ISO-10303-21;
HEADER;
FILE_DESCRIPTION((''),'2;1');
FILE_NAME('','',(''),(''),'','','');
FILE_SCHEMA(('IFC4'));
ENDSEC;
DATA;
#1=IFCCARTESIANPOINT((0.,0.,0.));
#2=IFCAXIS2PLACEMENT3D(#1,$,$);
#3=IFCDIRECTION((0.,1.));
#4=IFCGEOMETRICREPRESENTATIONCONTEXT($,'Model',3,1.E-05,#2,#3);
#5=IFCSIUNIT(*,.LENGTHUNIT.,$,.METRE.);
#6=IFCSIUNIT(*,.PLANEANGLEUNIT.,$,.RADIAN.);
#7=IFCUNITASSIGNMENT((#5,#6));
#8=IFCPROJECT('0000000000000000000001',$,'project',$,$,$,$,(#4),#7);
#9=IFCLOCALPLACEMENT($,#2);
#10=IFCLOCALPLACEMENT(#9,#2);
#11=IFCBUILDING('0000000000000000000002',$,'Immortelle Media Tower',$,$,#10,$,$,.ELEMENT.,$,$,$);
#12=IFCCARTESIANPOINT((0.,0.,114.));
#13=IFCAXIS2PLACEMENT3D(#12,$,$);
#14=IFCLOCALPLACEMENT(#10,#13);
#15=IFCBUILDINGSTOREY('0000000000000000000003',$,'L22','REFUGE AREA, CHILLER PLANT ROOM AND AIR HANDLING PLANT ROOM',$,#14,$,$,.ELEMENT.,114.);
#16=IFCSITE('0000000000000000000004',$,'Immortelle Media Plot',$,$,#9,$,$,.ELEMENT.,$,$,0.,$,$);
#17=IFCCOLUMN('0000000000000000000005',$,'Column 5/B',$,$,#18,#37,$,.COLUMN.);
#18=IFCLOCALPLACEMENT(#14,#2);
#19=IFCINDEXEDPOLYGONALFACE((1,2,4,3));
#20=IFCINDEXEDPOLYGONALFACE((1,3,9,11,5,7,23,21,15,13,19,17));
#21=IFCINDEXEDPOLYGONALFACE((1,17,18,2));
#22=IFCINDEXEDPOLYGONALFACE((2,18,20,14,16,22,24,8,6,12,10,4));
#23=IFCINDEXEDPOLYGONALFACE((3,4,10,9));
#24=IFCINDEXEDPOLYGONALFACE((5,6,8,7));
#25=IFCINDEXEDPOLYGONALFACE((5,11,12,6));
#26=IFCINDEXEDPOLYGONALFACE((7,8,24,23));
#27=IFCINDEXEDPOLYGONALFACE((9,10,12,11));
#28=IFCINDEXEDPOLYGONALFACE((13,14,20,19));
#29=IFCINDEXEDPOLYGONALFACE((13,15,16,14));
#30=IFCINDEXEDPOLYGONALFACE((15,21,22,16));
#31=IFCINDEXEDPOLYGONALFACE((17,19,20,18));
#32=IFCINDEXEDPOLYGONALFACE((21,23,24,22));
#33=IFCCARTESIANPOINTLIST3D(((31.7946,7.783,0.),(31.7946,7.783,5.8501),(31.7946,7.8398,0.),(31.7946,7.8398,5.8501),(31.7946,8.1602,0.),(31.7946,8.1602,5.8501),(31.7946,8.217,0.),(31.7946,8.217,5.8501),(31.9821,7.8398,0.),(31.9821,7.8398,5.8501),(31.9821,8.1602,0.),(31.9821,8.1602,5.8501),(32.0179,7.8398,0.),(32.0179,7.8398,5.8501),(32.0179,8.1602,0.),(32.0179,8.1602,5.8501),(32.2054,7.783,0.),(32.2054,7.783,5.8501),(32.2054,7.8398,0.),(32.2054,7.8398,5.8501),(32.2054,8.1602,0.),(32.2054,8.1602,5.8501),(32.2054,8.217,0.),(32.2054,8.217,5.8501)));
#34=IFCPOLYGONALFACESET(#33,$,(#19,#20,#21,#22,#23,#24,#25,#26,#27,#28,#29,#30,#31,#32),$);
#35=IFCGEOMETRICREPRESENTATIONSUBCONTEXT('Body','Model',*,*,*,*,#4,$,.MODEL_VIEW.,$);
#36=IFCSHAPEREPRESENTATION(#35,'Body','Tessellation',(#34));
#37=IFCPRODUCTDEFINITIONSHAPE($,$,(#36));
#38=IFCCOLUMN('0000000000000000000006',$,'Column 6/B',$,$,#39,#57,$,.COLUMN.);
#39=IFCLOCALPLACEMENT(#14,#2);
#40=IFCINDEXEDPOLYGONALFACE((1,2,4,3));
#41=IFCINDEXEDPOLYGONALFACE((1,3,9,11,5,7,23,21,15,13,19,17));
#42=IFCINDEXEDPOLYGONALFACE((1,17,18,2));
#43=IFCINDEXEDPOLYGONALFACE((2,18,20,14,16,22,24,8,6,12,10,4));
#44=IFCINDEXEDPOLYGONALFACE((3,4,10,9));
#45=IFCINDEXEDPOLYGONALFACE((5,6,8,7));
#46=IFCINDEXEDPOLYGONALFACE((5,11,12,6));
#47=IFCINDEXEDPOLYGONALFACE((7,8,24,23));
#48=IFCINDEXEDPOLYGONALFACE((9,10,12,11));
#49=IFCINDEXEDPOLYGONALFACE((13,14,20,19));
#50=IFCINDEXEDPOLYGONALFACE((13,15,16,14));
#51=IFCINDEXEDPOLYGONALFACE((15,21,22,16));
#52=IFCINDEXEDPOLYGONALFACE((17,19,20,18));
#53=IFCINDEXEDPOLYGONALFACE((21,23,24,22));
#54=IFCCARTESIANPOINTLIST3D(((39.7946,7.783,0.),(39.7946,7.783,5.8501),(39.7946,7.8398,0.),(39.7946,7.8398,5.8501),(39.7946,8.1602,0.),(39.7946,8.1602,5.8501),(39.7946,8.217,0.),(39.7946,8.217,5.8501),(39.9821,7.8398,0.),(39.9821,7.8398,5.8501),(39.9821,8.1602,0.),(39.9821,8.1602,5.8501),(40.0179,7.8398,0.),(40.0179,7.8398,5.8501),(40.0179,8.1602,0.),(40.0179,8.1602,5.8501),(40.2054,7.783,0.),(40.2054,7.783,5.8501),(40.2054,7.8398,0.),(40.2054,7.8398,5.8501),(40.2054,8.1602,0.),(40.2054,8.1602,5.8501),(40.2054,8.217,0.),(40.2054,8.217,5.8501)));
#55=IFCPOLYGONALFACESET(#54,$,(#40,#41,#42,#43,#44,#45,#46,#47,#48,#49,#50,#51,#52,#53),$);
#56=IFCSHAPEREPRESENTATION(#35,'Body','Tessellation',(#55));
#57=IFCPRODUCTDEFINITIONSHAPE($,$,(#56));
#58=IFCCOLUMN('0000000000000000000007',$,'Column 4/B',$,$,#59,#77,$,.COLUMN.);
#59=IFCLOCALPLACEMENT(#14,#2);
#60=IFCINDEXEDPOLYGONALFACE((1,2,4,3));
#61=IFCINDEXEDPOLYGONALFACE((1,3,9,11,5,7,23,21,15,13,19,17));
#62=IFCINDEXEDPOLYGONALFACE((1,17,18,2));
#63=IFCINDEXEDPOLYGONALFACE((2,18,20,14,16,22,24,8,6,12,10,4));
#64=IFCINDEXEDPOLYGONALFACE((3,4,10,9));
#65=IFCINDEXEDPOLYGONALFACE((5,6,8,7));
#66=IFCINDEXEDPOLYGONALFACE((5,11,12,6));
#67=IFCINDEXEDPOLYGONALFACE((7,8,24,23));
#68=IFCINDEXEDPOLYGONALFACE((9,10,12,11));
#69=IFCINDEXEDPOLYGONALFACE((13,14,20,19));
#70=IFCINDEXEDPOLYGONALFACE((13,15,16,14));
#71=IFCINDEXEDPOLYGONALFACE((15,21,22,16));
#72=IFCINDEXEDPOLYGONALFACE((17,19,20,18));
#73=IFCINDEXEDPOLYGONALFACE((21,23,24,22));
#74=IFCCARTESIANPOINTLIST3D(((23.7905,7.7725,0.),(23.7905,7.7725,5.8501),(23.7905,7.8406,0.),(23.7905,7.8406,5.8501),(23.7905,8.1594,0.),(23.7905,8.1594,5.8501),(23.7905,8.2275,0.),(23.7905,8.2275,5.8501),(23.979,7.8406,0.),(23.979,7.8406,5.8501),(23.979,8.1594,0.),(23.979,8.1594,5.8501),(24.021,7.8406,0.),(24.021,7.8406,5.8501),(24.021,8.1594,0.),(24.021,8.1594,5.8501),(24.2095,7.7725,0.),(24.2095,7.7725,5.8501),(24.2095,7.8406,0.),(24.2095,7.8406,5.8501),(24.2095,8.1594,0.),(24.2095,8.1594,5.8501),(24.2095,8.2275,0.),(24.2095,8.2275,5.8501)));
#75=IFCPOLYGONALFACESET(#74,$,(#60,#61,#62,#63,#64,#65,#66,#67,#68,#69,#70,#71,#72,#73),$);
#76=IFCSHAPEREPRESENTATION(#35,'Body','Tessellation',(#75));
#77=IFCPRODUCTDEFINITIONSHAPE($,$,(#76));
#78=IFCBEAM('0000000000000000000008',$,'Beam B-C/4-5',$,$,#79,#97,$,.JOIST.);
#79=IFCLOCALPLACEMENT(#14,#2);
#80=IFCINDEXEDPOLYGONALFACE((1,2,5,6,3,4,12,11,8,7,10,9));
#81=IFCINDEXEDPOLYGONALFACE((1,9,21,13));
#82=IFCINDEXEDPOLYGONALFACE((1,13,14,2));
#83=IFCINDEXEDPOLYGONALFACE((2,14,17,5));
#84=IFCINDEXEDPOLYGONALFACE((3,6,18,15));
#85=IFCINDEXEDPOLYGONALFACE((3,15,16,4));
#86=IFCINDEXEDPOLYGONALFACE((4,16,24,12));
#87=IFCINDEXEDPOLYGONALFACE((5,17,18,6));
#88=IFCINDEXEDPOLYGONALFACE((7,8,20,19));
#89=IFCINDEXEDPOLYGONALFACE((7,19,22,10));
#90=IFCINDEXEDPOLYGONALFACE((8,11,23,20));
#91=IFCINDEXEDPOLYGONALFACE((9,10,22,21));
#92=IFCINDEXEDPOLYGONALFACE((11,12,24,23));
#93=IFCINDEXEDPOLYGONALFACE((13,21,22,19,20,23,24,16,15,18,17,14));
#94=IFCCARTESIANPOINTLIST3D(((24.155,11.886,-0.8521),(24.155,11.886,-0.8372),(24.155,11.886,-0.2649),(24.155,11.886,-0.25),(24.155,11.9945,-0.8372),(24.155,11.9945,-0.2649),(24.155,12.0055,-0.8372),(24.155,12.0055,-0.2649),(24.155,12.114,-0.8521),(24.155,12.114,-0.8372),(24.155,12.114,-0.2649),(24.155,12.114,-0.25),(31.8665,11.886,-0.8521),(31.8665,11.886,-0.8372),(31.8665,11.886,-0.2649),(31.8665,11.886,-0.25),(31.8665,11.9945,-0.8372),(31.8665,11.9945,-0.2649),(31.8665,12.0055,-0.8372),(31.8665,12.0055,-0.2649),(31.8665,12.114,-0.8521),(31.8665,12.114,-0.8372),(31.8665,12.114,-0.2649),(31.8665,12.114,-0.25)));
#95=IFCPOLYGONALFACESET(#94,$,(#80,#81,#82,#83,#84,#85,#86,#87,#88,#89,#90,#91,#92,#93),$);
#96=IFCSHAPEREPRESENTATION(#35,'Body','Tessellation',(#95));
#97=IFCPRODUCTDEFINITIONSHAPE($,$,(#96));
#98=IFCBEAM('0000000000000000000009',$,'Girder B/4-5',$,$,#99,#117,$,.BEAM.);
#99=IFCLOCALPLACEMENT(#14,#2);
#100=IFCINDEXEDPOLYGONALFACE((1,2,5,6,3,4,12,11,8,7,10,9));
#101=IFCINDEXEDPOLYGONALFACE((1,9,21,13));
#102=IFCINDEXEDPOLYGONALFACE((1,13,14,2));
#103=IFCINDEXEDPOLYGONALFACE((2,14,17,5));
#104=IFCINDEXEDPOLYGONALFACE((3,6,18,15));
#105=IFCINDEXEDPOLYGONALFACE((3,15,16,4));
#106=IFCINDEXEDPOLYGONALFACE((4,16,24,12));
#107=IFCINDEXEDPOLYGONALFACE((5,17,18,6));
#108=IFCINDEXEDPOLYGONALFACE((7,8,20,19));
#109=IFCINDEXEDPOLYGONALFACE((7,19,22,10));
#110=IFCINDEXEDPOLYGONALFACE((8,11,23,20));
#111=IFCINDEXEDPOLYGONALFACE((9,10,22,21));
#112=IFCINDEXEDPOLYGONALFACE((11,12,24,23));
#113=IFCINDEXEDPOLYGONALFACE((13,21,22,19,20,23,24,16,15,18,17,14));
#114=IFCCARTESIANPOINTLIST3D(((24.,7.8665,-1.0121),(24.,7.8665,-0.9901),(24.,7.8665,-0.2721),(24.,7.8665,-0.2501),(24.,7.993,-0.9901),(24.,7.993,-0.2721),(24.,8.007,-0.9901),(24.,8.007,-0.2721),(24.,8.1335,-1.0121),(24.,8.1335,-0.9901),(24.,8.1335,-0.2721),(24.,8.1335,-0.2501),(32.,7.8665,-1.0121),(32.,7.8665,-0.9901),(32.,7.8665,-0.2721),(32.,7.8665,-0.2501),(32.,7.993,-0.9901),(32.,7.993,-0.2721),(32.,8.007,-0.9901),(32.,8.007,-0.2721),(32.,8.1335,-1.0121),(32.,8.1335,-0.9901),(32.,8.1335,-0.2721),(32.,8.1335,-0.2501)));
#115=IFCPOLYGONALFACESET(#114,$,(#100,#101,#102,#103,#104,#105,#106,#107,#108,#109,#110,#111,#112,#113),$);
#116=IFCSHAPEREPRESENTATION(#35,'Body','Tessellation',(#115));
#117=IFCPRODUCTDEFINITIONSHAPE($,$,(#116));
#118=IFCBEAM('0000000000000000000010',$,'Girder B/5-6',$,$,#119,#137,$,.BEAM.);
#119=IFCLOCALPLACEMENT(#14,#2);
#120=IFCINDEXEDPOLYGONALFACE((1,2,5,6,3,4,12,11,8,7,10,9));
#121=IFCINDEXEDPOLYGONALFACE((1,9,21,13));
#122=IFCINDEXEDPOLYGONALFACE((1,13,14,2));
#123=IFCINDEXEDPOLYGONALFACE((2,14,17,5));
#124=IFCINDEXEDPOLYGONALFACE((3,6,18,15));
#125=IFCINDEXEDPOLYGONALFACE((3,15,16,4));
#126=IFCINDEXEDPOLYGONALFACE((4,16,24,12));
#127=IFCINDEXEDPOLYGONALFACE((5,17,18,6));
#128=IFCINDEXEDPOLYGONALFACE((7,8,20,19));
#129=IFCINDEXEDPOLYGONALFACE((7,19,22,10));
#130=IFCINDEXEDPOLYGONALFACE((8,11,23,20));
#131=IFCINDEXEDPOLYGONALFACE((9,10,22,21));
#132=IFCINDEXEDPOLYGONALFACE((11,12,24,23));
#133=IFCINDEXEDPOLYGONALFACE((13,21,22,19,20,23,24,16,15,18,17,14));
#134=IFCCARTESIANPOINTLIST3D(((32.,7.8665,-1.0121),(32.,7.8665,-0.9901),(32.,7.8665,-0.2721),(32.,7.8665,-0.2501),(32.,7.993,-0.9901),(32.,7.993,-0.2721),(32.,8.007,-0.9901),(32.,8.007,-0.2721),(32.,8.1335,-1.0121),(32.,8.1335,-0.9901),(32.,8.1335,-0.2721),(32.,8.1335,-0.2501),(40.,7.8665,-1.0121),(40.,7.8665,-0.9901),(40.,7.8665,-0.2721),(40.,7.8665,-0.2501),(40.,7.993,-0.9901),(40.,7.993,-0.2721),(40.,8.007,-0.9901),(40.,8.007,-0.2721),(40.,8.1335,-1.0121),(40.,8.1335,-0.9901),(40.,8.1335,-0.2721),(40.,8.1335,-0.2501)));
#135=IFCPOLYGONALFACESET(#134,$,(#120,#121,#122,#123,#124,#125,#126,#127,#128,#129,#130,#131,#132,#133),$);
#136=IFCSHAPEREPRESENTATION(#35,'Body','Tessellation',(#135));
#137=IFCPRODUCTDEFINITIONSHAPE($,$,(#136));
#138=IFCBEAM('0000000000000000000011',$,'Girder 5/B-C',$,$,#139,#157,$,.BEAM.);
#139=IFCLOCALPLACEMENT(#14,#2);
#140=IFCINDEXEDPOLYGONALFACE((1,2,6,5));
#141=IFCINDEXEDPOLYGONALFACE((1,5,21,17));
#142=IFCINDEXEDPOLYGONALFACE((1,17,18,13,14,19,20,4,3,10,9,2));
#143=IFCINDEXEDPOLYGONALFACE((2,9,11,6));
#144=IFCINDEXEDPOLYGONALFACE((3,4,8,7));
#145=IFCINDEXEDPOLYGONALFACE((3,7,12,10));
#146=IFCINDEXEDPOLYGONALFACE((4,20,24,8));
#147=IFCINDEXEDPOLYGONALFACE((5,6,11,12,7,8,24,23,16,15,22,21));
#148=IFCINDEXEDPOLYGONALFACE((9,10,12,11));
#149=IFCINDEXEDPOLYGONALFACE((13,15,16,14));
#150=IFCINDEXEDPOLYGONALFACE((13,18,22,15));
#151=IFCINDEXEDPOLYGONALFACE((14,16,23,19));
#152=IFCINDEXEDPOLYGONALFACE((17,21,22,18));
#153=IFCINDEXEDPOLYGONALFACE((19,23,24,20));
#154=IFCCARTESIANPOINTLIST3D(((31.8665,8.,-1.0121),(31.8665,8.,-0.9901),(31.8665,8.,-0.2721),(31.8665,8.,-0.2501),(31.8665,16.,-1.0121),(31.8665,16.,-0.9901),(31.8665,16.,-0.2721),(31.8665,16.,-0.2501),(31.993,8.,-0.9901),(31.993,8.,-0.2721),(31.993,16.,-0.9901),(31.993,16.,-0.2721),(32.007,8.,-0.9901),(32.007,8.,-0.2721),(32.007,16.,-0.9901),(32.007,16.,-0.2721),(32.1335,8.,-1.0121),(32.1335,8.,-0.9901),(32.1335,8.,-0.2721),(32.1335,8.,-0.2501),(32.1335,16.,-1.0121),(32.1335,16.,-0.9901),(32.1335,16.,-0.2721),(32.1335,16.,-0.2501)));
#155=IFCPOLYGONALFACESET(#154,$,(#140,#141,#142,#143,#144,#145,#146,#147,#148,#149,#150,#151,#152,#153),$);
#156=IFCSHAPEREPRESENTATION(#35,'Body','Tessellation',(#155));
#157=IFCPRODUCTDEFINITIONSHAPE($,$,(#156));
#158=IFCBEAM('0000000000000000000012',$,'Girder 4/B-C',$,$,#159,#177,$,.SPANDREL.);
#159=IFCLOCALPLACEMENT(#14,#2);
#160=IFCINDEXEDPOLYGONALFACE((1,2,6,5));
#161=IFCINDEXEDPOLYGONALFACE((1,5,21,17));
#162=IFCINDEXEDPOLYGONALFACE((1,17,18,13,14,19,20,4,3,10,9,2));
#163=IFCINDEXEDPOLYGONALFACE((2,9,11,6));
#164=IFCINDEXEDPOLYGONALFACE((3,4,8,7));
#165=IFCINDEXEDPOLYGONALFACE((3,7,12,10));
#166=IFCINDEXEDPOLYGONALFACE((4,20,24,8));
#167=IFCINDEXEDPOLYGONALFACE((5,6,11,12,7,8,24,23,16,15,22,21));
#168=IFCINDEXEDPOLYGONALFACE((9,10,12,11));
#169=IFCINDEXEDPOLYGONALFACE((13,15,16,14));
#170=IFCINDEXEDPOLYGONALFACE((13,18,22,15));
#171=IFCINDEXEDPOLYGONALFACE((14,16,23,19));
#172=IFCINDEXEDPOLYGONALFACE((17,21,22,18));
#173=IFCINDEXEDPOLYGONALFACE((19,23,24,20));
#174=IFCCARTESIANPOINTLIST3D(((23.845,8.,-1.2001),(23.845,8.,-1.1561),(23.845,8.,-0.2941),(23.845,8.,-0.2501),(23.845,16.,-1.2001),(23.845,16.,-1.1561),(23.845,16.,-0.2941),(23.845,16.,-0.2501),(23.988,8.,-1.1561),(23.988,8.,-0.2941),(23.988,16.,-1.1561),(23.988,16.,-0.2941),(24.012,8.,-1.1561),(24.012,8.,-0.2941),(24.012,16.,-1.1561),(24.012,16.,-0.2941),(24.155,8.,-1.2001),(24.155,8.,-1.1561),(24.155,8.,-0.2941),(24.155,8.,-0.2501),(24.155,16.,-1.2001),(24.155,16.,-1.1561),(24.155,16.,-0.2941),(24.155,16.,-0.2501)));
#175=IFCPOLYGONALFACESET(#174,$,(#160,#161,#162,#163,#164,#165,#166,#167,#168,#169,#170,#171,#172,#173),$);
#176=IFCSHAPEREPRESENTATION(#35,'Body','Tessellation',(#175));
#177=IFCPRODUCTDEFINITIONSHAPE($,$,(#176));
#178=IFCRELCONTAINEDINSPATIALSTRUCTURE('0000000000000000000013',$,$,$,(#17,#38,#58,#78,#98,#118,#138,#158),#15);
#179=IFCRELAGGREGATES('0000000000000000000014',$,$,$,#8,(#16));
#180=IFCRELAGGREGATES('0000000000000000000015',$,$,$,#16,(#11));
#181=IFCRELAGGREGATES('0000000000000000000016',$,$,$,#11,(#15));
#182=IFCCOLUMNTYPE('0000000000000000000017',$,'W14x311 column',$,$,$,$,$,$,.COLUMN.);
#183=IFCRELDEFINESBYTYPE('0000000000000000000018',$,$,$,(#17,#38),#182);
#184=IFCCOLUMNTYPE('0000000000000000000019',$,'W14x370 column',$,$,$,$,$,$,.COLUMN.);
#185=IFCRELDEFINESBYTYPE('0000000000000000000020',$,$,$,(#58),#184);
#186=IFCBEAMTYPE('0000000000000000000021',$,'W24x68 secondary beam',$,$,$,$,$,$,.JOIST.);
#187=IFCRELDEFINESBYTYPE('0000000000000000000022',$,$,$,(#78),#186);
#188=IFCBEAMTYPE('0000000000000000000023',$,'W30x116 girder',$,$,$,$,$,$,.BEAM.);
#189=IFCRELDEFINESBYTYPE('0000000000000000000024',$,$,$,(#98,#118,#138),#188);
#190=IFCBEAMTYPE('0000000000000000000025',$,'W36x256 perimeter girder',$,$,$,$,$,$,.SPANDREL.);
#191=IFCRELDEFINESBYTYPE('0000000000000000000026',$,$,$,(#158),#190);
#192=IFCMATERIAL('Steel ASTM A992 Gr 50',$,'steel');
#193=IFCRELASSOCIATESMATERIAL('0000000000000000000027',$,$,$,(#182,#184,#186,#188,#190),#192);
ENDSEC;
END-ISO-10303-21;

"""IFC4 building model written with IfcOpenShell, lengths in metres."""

from ifc_helpers import new_model, si_unit, direction, frame, origin, origin_2d, place, context, subcontext, project, spatial, i_section, extrude, material, material_profile, profile_set, type_object, element, save


model = new_model("IFC4")

# Units and contexts
model_context = context("Model", 3, precision=1e-05, world=origin(), true_north=direction((0.0, 1.0)))
body_context = subcontext(model_context, "Body", "Model", "MODEL_VIEW")
ifc_project = project(units=[si_unit("LENGTHUNIT", "METRE"), si_unit("PLANEANGLEUNIT", "RADIAN")], contexts=[model_context])

# Site, building, storey
site_placement = place(None, origin())
site = spatial("IfcSite", under=ifc_project, at=site_placement, Name="Immortelle Media Plot", CompositionType="ELEMENT", RefElevation=0.0)
building_placement = place(site_placement, origin())
building = spatial("IfcBuilding", under=site, at=building_placement, Name="Immortelle Media Tower", CompositionType="ELEMENT")
storey_placement = place(building_placement, frame((0.0, 0.0, 114.0)))
storey = spatial("IfcBuildingStorey", under=building, at=storey_placement, Name="L22", Description="REFUGE AREA, CHILLER PLANT ROOM AND AIR HANDLING PLANT ROOM", CompositionType="ELEMENT", Elevation=114.0)

# Columns
ifc_material_1 = material(Name="Steel ASTM A992 Gr 50", Category="steel")
ifc_material_profile_1 = material_profile(ifc_material_1, i_section(OverallWidth=0.4109, OverallDepth=0.4341, WebThickness=0.0359, FlangeThickness=0.0569, at=origin_2d()), Name="W14x311")
ifc_profile_set_1 = profile_set([ifc_material_profile_1], Name="Steel ASTM A992 Gr 50")
column_type_1 = type_object("IfcColumnType", Name="W14x311 column", PredefinedType="COLUMN", material=ifc_profile_set_1)
for number, where, z_axis, x_axis, name in (
    (1, (32.0, 8.0, 0.0), (0.0, 0.0, 1.0), (1.0, 0.0, 0.0), "Column 5/B"),
    (2, (40.0, 8.0, 0.0), (0.0, 0.0, 1.0), (1.0, 0.0, 0.0), "Column 6/B"),
):
    element("IfcColumn", number, at=place(storey_placement, frame(where, z_axis=z_axis, x_axis=x_axis)), inside=storey, type_object=column_type_1, Name=name, PredefinedType="COLUMN", context=body_context, shape_type="SweptSolid", body=[
        extrude(i_section(OverallWidth=0.4109, OverallDepth=0.4341, WebThickness=0.0359, FlangeThickness=0.0569, at=origin_2d()), origin(), (0.0, 0.0, 1.0), 5.8501),
    ])
ifc_material_profile_2 = material_profile(ifc_material_1, i_section(OverallWidth=0.4189, OverallDepth=0.4551, WebThickness=0.042, FlangeThickness=0.0681, at=origin_2d()), Name="W14x370")
ifc_profile_set_2 = profile_set([ifc_material_profile_2], Name="Steel ASTM A992 Gr 50")
column_type_2 = type_object("IfcColumnType", Name="W14x370 column", PredefinedType="COLUMN", material=ifc_profile_set_2)
column_placement = place(storey_placement, frame((24.0, 8.0, 0.0), z_axis=(0.0, 0.0, 1.0), x_axis=(1.0, 0.0, 0.0)))
element("IfcColumn", 3, at=column_placement, inside=storey, type_object=column_type_2, Name="Column 4/B", PredefinedType="COLUMN", context=body_context, shape_type="SweptSolid", body=[
    extrude(i_section(OverallWidth=0.4189, OverallDepth=0.4551, WebThickness=0.042, FlangeThickness=0.0681, at=origin_2d()), origin(), (0.0, 0.0, 1.0), 5.8501),
])

# Beams
ifc_material_profile_3 = material_profile(ifc_material_1, i_section(OverallWidth=0.228, OverallDepth=0.6021, WebThickness=0.011, FlangeThickness=0.0149, at=origin_2d()), Name="W24x68")
ifc_profile_set_3 = profile_set([ifc_material_profile_3], Name="Steel ASTM A992 Gr 50")
beam_type_1 = type_object("IfcBeamType", Name="W24x68 secondary beam", PredefinedType="JOIST", material=ifc_profile_set_3)
beam_1_placement = place(storey_placement, frame((24.155, 12.0, -0.551), z_axis=(1.0, 0.0, 0.0), x_axis=(0.0, 1.0, 0.0)))
element("IfcBeam", 4, at=beam_1_placement, inside=storey, type_object=beam_type_1, Name="Beam B-C/4-5", PredefinedType="JOIST", context=body_context, shape_type="SweptSolid", body=[
    extrude(i_section(OverallWidth=0.228, OverallDepth=0.6021, WebThickness=0.011, FlangeThickness=0.0149, at=origin_2d()), origin(), (0.0, 0.0, 1.0), 7.7114),
])
ifc_material_profile_4 = material_profile(ifc_material_1, i_section(OverallWidth=0.2671, OverallDepth=0.762, WebThickness=0.0139, FlangeThickness=0.022, at=origin_2d()), Name="W30x116")
ifc_profile_set_4 = profile_set([ifc_material_profile_4], Name="Steel ASTM A992 Gr 50")
beam_type_2 = type_object("IfcBeamType", Name="W30x116 girder", PredefinedType="BEAM", material=ifc_profile_set_4)
for number, where, z_axis, x_axis, name in (
    (5, (24.0, 8.0, -0.6311), (1.0, 0.0, 0.0), (0.0, 1.0, 0.0), "Girder B/4-5"),
    (6, (32.0, 8.0, -0.6311), (1.0, 0.0, 0.0), (0.0, 1.0, 0.0), "Girder B/5-6"),
    (7, (32.0, 8.0, -0.6311), (0.0, 1.0, 0.0), (-1.0, 0.0, 0.0), "Girder 5/B-C"),
):
    element("IfcBeam", number, at=place(storey_placement, frame(where, z_axis=z_axis, x_axis=x_axis)), inside=storey, type_object=beam_type_2, Name=name, PredefinedType="BEAM", context=body_context, shape_type="SweptSolid", body=[
        extrude(i_section(OverallWidth=0.2671, OverallDepth=0.762, WebThickness=0.0139, FlangeThickness=0.022, at=origin_2d()), origin(), (0.0, 0.0, 1.0), 8.0),
    ])
ifc_material_profile_5 = material_profile(ifc_material_1, i_section(OverallWidth=0.3101, OverallDepth=0.95, WebThickness=0.0239, FlangeThickness=0.0439, at=origin_2d()), Name="W36x256")
ifc_profile_set_5 = profile_set([ifc_material_profile_5], Name="Steel ASTM A992 Gr 50")
beam_type_3 = type_object("IfcBeamType", Name="W36x256 perimeter girder", PredefinedType="SPANDREL", material=ifc_profile_set_5)
beam_2_placement = place(storey_placement, frame((24.0, 8.0, -0.7251), z_axis=(0.0, 1.0, 0.0), x_axis=(-1.0, 0.0, 0.0)))
element("IfcBeam", 8, at=beam_2_placement, inside=storey, type_object=beam_type_3, Name="Girder 4/B-C", PredefinedType="SPANDREL", context=body_context, shape_type="SweptSolid", body=[
    extrude(i_section(OverallWidth=0.3101, OverallDepth=0.95, WebThickness=0.0239, FlangeThickness=0.0439, at=origin_2d()), origin(), (0.0, 0.0, 1.0), 8.0),
])

save(model, "model.ifc")
